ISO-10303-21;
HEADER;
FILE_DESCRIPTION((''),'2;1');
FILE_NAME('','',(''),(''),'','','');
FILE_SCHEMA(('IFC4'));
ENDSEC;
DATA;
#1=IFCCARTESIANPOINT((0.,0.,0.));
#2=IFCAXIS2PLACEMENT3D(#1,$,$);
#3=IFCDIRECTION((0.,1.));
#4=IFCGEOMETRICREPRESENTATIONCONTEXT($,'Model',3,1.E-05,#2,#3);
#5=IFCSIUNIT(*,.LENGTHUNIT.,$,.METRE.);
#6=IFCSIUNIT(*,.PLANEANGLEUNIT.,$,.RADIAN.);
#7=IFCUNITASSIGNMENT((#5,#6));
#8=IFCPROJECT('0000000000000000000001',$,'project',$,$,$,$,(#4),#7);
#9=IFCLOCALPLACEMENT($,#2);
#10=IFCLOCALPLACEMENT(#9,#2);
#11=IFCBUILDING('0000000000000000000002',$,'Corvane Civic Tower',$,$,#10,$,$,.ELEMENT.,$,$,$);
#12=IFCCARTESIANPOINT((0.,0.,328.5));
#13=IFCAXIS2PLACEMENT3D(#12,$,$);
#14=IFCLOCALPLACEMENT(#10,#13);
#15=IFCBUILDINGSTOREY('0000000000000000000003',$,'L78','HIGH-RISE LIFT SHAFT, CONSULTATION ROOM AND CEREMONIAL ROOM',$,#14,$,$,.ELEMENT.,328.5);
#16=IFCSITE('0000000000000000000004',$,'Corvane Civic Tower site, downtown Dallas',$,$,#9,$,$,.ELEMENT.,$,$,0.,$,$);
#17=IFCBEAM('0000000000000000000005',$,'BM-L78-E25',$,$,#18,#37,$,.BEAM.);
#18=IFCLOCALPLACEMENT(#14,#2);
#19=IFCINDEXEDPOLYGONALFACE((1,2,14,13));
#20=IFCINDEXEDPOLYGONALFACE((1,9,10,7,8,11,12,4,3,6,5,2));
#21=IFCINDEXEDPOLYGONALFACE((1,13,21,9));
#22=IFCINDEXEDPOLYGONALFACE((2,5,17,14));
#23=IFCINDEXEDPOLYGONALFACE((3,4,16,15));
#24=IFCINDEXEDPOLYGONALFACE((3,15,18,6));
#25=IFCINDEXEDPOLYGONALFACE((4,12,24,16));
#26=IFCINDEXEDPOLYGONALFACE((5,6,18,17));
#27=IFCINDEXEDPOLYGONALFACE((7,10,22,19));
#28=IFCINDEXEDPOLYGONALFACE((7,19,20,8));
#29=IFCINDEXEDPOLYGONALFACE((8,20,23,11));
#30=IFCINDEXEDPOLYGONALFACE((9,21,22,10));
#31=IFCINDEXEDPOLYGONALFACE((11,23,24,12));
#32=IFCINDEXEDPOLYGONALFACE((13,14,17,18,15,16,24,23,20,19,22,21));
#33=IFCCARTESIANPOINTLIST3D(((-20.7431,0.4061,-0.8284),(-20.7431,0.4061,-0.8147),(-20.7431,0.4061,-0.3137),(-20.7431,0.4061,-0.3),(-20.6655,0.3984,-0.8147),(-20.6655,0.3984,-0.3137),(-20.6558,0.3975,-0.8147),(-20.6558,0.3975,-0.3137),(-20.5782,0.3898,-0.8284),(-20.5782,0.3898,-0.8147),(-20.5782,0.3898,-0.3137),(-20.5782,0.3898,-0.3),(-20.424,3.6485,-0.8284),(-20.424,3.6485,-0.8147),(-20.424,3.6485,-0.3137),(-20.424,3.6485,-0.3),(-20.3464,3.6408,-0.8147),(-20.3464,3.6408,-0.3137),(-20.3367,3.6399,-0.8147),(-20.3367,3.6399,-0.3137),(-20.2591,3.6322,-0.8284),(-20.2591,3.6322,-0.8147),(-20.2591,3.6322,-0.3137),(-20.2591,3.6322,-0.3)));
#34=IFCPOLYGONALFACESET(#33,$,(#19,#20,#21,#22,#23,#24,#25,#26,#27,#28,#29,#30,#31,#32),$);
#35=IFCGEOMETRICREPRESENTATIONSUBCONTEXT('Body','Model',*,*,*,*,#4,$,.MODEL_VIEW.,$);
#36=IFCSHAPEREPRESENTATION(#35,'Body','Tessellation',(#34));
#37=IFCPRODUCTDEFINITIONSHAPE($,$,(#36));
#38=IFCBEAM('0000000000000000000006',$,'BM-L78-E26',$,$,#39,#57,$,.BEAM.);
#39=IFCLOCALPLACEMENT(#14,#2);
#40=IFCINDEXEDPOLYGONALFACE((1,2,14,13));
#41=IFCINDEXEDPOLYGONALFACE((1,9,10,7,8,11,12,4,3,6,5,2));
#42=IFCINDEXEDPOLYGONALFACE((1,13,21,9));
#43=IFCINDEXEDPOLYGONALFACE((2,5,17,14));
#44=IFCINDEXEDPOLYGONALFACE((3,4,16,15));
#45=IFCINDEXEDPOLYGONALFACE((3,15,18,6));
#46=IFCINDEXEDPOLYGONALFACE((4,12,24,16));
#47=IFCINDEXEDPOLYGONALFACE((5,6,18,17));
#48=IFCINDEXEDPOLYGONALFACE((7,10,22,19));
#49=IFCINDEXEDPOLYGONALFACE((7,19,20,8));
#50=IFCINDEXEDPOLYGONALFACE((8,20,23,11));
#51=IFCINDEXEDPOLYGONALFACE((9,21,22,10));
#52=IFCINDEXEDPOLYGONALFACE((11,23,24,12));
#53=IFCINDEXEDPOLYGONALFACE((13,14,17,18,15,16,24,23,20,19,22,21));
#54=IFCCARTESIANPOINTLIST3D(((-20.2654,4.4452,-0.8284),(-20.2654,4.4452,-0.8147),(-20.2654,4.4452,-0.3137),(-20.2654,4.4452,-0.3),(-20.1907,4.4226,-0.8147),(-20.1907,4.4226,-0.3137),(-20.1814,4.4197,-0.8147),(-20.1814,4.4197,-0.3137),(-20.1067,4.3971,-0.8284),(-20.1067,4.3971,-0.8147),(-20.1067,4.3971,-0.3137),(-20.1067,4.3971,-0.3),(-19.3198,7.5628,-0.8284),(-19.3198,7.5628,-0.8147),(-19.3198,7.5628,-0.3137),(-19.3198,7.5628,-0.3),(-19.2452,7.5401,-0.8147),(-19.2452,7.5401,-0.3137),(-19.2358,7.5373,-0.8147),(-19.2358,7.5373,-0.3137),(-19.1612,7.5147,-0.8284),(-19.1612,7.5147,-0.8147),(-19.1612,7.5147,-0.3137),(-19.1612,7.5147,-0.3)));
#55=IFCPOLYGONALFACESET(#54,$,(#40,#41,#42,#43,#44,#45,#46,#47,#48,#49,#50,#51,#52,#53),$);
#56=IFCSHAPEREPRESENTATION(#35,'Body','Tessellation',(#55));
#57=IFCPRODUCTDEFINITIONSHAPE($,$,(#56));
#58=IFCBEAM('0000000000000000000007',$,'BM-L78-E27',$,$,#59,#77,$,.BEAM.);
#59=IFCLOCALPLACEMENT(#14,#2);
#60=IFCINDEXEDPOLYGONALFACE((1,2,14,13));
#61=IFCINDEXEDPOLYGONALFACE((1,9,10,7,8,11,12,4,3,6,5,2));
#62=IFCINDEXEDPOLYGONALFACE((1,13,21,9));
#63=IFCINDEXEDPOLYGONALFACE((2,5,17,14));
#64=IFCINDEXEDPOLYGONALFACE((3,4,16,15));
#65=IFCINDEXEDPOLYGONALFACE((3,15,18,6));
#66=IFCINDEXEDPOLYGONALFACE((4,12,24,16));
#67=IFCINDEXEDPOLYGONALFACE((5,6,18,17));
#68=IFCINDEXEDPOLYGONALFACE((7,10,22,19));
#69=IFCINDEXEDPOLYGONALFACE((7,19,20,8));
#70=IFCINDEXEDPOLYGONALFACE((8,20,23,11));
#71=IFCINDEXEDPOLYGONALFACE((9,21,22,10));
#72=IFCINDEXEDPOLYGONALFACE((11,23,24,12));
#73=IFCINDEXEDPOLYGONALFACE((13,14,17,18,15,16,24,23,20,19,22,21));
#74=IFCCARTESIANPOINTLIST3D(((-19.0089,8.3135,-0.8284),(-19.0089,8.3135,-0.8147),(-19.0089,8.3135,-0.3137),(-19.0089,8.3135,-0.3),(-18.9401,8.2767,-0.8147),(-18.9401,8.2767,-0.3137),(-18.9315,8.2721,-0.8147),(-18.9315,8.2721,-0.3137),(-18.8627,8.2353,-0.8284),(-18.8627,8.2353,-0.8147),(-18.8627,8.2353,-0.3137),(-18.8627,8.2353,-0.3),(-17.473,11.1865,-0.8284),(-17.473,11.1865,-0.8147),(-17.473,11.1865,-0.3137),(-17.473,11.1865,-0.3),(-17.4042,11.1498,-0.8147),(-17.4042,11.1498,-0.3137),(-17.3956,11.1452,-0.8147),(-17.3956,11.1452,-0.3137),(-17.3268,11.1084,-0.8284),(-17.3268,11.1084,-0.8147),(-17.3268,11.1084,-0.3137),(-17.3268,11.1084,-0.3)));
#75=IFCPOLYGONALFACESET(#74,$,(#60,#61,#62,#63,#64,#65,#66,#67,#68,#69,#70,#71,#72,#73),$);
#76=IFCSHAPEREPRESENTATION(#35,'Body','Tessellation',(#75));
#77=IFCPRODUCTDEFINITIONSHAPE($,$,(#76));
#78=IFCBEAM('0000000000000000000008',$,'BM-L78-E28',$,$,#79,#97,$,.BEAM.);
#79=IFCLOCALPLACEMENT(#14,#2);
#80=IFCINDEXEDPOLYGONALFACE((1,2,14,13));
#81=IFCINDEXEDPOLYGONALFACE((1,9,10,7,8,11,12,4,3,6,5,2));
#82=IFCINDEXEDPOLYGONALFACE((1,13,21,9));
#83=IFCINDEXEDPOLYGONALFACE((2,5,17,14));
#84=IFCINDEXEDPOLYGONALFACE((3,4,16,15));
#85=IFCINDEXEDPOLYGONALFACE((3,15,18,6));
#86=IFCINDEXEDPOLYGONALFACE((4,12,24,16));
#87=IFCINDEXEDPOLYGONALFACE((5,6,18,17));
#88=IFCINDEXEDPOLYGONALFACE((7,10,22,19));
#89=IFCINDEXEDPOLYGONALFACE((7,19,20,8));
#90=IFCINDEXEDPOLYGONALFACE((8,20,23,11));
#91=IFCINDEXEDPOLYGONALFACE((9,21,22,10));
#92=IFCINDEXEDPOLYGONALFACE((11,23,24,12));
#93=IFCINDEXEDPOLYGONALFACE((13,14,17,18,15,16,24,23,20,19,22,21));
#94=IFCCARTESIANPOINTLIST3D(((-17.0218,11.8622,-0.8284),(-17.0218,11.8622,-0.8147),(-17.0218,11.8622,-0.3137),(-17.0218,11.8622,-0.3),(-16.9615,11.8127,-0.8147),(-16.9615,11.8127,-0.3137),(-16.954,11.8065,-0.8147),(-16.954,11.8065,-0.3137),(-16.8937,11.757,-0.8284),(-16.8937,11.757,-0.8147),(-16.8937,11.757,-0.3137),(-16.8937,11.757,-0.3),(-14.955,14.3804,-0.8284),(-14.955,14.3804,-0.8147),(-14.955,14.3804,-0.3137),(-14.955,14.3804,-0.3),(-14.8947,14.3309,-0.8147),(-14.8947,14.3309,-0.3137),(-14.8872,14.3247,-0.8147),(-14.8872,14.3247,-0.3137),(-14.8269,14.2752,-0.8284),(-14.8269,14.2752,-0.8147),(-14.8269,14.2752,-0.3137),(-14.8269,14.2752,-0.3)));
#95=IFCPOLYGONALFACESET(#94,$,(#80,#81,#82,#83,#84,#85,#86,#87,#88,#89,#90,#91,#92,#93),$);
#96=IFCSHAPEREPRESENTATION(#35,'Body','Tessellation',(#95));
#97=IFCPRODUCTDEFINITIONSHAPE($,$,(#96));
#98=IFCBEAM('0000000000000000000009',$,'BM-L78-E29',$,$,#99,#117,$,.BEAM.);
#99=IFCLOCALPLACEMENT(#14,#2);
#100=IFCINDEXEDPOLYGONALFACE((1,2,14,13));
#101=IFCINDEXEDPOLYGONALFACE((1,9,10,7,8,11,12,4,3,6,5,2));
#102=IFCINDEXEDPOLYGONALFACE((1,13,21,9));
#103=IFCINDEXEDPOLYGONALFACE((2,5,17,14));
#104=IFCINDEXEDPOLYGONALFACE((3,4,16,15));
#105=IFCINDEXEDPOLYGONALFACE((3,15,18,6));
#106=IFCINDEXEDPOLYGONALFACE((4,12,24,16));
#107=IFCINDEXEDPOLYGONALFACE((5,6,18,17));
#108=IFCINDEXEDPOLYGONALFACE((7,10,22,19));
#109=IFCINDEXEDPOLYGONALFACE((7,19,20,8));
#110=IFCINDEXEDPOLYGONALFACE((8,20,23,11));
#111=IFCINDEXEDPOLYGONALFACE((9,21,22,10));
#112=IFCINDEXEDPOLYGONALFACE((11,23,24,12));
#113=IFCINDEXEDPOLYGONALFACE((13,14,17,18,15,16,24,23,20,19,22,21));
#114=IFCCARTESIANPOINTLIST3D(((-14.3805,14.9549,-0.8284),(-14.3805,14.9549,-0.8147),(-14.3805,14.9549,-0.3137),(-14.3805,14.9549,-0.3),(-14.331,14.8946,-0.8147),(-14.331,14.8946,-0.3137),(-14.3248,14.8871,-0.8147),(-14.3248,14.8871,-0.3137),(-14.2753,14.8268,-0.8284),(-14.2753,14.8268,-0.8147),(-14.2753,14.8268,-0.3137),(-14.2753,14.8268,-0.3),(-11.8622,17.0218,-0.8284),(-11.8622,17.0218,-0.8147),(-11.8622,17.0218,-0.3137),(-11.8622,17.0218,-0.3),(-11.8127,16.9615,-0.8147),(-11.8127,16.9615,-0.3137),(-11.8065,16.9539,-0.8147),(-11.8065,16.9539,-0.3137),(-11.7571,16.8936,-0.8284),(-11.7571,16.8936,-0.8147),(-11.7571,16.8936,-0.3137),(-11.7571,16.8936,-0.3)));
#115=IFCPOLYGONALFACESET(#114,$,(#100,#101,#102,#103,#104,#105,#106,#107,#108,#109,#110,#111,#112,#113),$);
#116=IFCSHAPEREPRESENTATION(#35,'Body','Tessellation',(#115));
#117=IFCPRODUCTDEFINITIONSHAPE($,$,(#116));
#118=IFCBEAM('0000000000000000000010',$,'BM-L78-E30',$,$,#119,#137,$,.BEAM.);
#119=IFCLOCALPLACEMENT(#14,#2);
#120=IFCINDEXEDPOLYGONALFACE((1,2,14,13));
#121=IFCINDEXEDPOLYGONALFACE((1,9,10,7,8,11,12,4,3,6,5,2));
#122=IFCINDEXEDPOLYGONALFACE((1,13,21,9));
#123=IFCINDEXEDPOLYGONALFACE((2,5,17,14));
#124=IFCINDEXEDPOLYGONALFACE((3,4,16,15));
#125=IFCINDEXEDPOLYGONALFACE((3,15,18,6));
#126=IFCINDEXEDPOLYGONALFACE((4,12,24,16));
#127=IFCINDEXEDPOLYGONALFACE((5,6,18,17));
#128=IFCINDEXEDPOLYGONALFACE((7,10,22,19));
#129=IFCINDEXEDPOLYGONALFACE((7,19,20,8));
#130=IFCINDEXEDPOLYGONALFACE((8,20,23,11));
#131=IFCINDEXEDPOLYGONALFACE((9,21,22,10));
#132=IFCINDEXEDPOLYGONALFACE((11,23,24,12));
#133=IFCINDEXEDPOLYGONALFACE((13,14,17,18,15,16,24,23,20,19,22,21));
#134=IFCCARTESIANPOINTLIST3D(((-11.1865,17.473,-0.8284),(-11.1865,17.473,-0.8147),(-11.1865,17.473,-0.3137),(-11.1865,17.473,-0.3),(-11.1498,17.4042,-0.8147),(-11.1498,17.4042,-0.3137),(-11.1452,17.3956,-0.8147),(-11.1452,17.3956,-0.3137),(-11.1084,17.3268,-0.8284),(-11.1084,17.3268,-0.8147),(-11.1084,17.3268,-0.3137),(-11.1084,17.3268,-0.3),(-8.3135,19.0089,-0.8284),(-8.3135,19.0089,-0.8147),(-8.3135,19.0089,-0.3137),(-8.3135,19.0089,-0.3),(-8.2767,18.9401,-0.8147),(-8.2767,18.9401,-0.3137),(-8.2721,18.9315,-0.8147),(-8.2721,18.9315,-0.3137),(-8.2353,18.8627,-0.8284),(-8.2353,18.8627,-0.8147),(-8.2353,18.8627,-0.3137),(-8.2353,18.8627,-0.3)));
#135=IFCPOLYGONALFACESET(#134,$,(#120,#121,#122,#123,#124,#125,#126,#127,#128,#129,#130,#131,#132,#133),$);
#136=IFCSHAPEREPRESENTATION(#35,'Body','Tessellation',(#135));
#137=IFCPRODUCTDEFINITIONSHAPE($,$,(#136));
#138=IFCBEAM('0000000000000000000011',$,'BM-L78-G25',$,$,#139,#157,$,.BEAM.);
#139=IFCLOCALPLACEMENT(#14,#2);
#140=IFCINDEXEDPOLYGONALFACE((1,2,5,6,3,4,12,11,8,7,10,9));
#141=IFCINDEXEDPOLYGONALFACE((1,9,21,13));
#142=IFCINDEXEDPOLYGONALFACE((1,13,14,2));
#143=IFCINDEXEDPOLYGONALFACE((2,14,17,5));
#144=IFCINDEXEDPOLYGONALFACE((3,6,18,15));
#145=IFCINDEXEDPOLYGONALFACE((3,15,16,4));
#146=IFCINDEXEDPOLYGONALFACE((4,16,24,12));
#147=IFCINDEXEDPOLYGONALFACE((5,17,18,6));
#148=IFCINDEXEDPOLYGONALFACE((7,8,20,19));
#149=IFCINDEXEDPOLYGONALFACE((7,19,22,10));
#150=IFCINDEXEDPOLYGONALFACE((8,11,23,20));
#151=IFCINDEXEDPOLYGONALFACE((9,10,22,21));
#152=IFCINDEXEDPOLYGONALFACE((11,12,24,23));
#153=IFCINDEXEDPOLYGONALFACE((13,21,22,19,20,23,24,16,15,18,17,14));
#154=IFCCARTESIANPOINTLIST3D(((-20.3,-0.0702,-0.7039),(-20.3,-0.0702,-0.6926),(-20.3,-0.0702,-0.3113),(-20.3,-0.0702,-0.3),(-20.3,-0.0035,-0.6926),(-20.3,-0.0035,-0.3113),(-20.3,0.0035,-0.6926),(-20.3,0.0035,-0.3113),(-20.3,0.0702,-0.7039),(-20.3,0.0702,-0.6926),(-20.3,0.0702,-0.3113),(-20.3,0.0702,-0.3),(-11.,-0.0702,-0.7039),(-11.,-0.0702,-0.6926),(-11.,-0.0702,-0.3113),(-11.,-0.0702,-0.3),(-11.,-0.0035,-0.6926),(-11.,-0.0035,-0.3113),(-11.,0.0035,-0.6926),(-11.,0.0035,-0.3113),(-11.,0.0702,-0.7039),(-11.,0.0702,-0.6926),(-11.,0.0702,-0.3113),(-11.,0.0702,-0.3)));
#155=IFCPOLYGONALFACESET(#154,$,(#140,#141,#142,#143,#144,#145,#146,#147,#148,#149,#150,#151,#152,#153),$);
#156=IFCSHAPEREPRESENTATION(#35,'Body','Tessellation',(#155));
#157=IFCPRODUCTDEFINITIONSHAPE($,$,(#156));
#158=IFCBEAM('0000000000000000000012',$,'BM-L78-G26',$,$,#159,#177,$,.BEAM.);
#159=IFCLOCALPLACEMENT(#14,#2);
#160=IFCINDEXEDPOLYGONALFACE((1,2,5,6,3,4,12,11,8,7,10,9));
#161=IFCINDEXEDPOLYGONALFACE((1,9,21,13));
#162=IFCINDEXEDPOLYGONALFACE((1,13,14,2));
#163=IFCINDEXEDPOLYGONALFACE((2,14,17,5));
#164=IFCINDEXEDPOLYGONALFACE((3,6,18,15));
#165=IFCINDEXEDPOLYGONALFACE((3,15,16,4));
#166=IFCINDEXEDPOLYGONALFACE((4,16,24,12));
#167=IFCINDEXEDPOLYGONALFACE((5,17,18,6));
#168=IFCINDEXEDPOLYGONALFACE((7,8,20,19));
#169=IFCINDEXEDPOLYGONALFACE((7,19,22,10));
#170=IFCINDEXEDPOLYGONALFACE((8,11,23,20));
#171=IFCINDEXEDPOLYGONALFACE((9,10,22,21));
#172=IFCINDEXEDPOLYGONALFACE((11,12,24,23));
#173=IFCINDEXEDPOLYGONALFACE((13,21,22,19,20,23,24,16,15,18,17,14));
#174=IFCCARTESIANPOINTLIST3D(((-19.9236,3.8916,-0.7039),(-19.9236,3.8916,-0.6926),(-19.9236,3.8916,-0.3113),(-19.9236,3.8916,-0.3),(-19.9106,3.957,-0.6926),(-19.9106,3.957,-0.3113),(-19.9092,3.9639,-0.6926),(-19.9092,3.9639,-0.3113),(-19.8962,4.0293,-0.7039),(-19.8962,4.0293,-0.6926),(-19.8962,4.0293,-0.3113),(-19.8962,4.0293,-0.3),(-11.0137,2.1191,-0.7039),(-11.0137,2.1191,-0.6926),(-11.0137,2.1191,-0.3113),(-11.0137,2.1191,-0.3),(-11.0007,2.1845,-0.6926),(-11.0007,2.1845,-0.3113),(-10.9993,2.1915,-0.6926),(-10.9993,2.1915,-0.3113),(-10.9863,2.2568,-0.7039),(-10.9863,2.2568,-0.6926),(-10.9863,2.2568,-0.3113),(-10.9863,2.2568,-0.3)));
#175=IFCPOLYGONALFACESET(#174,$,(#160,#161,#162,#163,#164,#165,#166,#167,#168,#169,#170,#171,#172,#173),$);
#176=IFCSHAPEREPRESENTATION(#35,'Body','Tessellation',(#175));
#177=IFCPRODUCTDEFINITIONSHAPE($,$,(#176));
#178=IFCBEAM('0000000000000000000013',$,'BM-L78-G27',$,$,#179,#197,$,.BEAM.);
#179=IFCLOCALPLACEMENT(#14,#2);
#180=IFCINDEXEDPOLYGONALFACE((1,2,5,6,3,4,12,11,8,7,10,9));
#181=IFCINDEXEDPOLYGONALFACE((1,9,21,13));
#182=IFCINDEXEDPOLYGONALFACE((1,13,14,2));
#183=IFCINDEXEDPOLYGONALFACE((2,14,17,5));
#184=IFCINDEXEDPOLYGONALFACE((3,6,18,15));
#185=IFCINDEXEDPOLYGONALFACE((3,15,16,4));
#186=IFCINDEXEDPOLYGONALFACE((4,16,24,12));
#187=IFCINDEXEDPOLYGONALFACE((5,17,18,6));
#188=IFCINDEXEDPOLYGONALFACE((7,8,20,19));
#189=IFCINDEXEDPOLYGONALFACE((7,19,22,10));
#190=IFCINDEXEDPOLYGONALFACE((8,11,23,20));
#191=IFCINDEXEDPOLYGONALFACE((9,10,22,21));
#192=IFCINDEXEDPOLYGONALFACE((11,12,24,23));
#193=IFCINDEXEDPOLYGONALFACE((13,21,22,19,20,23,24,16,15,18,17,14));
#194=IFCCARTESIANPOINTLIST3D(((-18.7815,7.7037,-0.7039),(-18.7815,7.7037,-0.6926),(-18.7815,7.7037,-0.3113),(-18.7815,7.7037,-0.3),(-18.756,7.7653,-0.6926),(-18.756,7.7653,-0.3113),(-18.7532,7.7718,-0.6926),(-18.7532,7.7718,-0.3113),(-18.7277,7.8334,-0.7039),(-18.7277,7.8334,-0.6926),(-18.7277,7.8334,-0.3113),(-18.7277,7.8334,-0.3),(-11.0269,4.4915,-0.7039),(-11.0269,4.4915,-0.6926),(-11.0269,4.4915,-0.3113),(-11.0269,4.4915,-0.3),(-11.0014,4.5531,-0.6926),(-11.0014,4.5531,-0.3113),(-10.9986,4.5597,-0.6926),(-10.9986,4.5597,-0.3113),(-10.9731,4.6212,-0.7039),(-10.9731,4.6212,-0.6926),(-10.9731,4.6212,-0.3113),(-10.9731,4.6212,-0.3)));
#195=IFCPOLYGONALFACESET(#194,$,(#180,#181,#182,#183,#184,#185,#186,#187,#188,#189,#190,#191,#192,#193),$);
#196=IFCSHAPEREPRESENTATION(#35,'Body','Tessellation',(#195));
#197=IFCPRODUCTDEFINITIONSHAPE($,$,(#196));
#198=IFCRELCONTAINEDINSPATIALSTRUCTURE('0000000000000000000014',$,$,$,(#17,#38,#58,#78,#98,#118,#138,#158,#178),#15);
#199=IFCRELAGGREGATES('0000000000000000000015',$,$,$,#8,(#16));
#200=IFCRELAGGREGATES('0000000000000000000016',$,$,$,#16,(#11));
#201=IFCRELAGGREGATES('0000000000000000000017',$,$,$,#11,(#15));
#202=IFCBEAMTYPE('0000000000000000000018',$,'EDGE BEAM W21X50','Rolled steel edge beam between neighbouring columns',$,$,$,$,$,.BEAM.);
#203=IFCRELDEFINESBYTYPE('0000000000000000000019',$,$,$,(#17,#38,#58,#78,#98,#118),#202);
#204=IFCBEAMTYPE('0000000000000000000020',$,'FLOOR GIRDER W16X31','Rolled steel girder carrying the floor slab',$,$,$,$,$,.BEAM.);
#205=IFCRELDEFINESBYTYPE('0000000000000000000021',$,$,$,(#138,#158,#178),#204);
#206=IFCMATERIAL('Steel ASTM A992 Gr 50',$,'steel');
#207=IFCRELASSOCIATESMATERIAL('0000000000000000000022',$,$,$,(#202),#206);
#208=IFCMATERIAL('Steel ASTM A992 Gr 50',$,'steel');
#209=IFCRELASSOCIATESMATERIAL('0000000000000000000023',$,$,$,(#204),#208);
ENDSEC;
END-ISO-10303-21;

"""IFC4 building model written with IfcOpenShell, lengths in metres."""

from ifc_helpers import new_model, si_unit, direction, frame, origin, origin_2d, place, context, subcontext, project, spatial, i_section, extrude, material, material_profile, profile_set, type_object, element, save


model = new_model("IFC4")

# Units and contexts
model_context = context("Model", 3, precision=1e-05, world=origin(), true_north=direction((0.0, 1.0)))
body_context = subcontext(model_context, "Body", "Model", "MODEL_VIEW")
ifc_project = project(units=[si_unit("LENGTHUNIT", "METRE"), si_unit("PLANEANGLEUNIT", "RADIAN")], contexts=[model_context])

# Site, building, storey
site_placement = place(None, origin())
site = spatial("IfcSite", under=ifc_project, at=site_placement, Name="Corvane Civic Tower site, downtown Dallas", CompositionType="ELEMENT", RefElevation=0.0)
building_placement = place(site_placement, origin())
building = spatial("IfcBuilding", under=site, at=building_placement, Name="Corvane Civic Tower", CompositionType="ELEMENT")
storey_placement = place(building_placement, frame((0.0, 0.0, 328.5)))
storey = spatial("IfcBuildingStorey", under=building, at=storey_placement, Name="L78", Description="HIGH-RISE LIFT SHAFT, CONSULTATION ROOM AND CEREMONIAL ROOM", CompositionType="ELEMENT", Elevation=328.5)

# Beams
ifc_material_1 = material(Name="Steel ASTM A992 Gr 50", Category="steel")
ifc_material_profile_1 = material_profile(ifc_material_1, i_section(OverallWidth=0.1658, OverallDepth=0.5283, WebThickness=0.0098, FlangeThickness=0.0137, at=origin_2d()), Name="W21X50")
ifc_profile_set_1 = profile_set([ifc_material_profile_1], Name="Steel ASTM A992 Gr 50")
beam_type_1 = type_object("IfcBeamType", Name="EDGE BEAM W21X50", Description="Rolled steel edge beam between neighbouring columns", PredefinedType="BEAM", material=ifc_profile_set_1)
beam_1_placement = place(storey_placement, frame((-20.6606, 0.3979, -0.5642), z_axis=(0.097938, 0.995193, 0.0), x_axis=(-0.995193, 0.097938, 0.0)))
element("IfcBeam", 1, at=beam_1_placement, inside=storey, type_object=beam_type_1, Name="BM-L78-E25", PredefinedType="BEAM", context=body_context, shape_type="SweptSolid", body=[
    extrude(i_section(OverallWidth=0.1658, OverallDepth=0.5283, WebThickness=0.0098, FlangeThickness=0.0137, at=origin_2d()), origin(), (0.0, 0.0, 1.0), 3.2581),
])
for number, where, z_axis, x_axis, name in (
    (2, (-20.186, 4.4211, -0.5642), (0.290234, 0.956956, 0.0), (-0.956956, 0.290234, 0.0), "BM-L78-E26"),
    (3, (-18.9358, 8.2744, -0.5642), (0.471448, 0.881894, 0.0), (-0.881894, 0.471448, 0.0), "BM-L78-E27"),
    (4, (-16.9578, 11.8096, -0.5642), (0.634425, 0.772985, 0.0), (-0.772985, 0.634425, 0.0), "BM-L78-E28"),
    (5, (-14.3279, 14.8909, -0.5642), (0.772985, 0.634425, 0.0), (-0.634425, 0.772985, 0.0), "BM-L78-E29"),
    (6, (-11.1475, 17.3999, -0.5642), (0.881894, 0.471448, 0.0), (-0.471448, 0.881894, 0.0), "BM-L78-E30"),
):
    element("IfcBeam", number, at=place(storey_placement, frame(where, z_axis=z_axis, x_axis=x_axis)), inside=storey, type_object=beam_type_1, Name=name, PredefinedType="BEAM", context=body_context, shape_type="SweptSolid", body=[
        extrude(i_section(OverallWidth=0.1658, OverallDepth=0.5283, WebThickness=0.0098, FlangeThickness=0.0137, at=origin_2d()), origin(), (0.0, 0.0, 1.0), 3.2578),
    ])
ifc_material_2 = material(Name="Steel ASTM A992 Gr 50", Category="steel")
ifc_material_profile_2 = material_profile(ifc_material_2, i_section(OverallWidth=0.1404, OverallDepth=0.4038, WebThickness=0.0071, FlangeThickness=0.0112, at=origin_2d()), Name="W16X31")
ifc_profile_set_2 = profile_set([ifc_material_profile_2], Name="Steel ASTM A992 Gr 50")
beam_type_2 = type_object("IfcBeamType", Name="FLOOR GIRDER W16X31", Description="Rolled steel girder carrying the floor slab", PredefinedType="BEAM", material=ifc_profile_set_2)
beam_2_placement = place(storey_placement, frame((-11.0, 0.0, -0.502), z_axis=(-1.0, 0.0, 0.0), x_axis=(0.0, -1.0, 0.0)))
element("IfcBeam", 7, at=beam_2_placement, inside=storey, type_object=beam_type_2, Name="BM-L78-G25", PredefinedType="BEAM", context=body_context, shape_type="SweptSolid", body=[
    extrude(i_section(OverallWidth=0.1404, OverallDepth=0.4038, WebThickness=0.0071, FlangeThickness=0.0112, at=origin_2d()), origin(), (0.0, 0.0, 1.0), 9.3),
])
beam_3_placement = place(storey_placement, frame((-11.0, 2.188, -0.502), z_axis=(-0.980782, 0.195108, 0.0), x_axis=(-0.195108, -0.980782, 0.0)))
element("IfcBeam", 8, at=beam_3_placement, inside=storey, type_object=beam_type_2, Name="BM-L78-G26", PredefinedType="BEAM", context=body_context, shape_type="SweptSolid", body=[
    extrude(i_section(OverallWidth=0.1404, OverallDepth=0.4038, WebThickness=0.0071, FlangeThickness=0.0112, at=origin_2d()), origin(), (0.0, 0.0, 1.0), 9.0845),
])
beam_4_placement = place(storey_placement, frame((-11.0, 4.5564, -0.502), z_axis=(-0.923876, 0.382692, 0.0), x_axis=(-0.382692, -0.923876, 0.0)))
element("IfcBeam", 9, at=beam_4_placement, inside=storey, type_object=beam_type_2, Name="BM-L78-G27", PredefinedType="BEAM", context=body_context, shape_type="SweptSolid", body=[
    extrude(i_section(OverallWidth=0.1404, OverallDepth=0.4038, WebThickness=0.0071, FlangeThickness=0.0112, at=origin_2d()), origin(), (0.0, 0.0, 1.0), 8.3936),
])

save(model, "model.ifc")
